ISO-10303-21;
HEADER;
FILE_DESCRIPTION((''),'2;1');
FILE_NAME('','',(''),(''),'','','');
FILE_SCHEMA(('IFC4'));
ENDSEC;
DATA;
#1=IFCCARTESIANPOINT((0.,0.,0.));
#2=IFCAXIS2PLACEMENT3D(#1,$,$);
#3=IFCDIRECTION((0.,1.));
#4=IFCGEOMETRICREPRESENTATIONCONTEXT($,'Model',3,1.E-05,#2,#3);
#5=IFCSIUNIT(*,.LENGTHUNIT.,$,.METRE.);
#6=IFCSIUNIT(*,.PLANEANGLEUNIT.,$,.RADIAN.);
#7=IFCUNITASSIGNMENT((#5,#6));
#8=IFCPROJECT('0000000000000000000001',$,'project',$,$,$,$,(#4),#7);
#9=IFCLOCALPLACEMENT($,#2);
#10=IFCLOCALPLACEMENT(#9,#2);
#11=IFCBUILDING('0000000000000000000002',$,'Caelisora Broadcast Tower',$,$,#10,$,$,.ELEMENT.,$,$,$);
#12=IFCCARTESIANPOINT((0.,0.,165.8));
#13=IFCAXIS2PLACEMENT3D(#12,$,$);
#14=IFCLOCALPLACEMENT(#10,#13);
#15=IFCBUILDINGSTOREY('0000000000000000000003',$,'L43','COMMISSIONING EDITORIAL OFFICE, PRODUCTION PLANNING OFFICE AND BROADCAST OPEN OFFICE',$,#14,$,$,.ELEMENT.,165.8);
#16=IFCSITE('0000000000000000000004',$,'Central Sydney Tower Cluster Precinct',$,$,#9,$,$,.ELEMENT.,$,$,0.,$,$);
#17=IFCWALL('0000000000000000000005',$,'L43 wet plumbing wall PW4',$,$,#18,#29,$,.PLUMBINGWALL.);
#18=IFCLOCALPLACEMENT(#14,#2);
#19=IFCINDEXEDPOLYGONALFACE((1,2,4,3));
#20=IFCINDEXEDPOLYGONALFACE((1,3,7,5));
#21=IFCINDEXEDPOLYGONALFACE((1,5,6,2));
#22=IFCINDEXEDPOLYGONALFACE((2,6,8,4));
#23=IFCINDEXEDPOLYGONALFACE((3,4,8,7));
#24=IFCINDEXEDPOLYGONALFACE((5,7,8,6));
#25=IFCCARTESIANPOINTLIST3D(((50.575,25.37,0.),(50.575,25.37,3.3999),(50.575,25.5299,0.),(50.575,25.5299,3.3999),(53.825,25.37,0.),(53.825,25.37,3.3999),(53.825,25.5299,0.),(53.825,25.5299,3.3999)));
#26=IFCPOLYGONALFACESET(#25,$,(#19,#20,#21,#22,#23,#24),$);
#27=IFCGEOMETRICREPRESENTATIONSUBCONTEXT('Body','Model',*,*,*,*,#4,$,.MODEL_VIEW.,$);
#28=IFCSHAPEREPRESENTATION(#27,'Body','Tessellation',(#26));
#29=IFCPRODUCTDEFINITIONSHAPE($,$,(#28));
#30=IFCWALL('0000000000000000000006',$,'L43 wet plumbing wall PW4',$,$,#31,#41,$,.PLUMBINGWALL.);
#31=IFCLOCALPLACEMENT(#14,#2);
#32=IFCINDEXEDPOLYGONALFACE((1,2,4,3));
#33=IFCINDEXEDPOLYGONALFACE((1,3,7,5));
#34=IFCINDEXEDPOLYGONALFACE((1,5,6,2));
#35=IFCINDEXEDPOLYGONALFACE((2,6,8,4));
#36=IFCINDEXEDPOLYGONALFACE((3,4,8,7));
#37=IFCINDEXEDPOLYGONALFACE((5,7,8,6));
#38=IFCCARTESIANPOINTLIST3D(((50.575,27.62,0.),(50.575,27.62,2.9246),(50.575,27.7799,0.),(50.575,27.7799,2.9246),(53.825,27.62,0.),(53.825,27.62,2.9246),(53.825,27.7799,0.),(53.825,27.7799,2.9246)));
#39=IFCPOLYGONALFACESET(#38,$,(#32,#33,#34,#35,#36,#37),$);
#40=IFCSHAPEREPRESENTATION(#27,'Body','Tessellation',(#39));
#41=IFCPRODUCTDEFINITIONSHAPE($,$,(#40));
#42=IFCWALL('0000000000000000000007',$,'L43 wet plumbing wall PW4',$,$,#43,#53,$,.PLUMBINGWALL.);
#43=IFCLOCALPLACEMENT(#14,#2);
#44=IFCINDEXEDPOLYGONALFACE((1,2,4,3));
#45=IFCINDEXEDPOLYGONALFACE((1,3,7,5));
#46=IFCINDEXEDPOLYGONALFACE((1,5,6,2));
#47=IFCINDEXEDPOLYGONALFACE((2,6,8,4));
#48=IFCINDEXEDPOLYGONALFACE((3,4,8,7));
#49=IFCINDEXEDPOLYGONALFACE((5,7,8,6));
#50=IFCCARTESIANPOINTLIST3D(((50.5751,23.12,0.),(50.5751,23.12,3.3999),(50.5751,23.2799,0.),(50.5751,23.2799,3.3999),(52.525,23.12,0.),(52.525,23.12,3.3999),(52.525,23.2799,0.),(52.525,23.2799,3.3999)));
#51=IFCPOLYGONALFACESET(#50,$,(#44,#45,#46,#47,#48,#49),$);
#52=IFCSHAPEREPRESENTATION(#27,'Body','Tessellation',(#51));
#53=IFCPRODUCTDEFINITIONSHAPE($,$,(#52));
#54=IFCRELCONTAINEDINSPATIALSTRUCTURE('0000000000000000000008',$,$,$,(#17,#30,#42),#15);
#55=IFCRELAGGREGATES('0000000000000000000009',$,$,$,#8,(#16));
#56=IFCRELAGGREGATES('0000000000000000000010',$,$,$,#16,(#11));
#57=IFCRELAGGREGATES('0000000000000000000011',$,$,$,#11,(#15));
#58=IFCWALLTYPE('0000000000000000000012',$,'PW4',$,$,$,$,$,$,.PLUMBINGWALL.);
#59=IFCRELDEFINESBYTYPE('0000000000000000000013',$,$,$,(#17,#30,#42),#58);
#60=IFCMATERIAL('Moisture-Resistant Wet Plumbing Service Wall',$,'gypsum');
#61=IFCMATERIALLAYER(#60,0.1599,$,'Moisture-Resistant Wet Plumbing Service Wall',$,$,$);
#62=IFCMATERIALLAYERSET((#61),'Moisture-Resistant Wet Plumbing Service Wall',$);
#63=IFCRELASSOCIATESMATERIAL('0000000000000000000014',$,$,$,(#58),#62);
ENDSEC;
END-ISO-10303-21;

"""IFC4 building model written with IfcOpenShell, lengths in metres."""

from ifc_helpers import new_model, si_unit, direction, frame, frame_2d, origin, place, context, subcontext, project, spatial, rectangle, extrude, material, layer, layer_set, type_object, element, save


model = new_model("IFC4")

# Units and contexts
model_context = context("Model", 3, precision=1e-05, world=origin(), true_north=direction((0.0, 1.0)))
body_context = subcontext(model_context, "Body", "Model", "MODEL_VIEW")
ifc_project = project(units=[si_unit("LENGTHUNIT", "METRE"), si_unit("PLANEANGLEUNIT", "RADIAN")], contexts=[model_context])

# Site, building, storey
site_placement = place(None, origin())
site = spatial("IfcSite", under=ifc_project, at=site_placement, Name="Central Sydney Tower Cluster Precinct", CompositionType="ELEMENT", RefElevation=0.0)
building_placement = place(site_placement, origin())
building = spatial("IfcBuilding", under=site, at=building_placement, Name="Caelisora Broadcast Tower", CompositionType="ELEMENT")
storey_placement = place(building_placement, frame((0.0, 0.0, 165.8)))
storey = spatial("IfcBuildingStorey", under=building, at=storey_placement, Name="L43", Description="COMMISSIONING EDITORIAL OFFICE, PRODUCTION PLANNING OFFICE AND BROADCAST OPEN OFFICE", CompositionType="ELEMENT", Elevation=165.8)

# Walls
ifc_material_1 = material(Name="Moisture-Resistant Wet Plumbing Service Wall", Category="gypsum")
ifc_layer_1 = layer(ifc_material_1, 0.1599, Name="Moisture-Resistant Wet Plumbing Service Wall")
ifc_layer_set_1 = layer_set([ifc_layer_1], Name="Moisture-Resistant Wet Plumbing Service Wall")
wall_type_1 = type_object("IfcWallType", Name="PW4", PredefinedType="PLUMBINGWALL", material=ifc_layer_set_1)
wall_1_placement = place(storey_placement, frame((50.575, 25.45, 0.0), z_axis=(0.0, 0.0, 1.0), x_axis=(1.0, 0.0, 0.0)))
element("IfcWall", 1, at=wall_1_placement, inside=storey, type_object=wall_type_1, Name="L43 wet plumbing wall PW4", PredefinedType="PLUMBINGWALL", context=body_context, shape_type="SweptSolid", body=[
    extrude(rectangle(XDim=3.25, YDim=0.1599, at=frame_2d((1.625, 0.0))), origin(), (0.0, 0.0, 1.0), 3.3999),
])
wall_2_placement = place(storey_placement, frame((50.575, 27.7, 0.0), z_axis=(0.0, 0.0, 1.0), x_axis=(1.0, 0.0, 0.0)))
element("IfcWall", 2, at=wall_2_placement, inside=storey, type_object=wall_type_1, Name="L43 wet plumbing wall PW4", PredefinedType="PLUMBINGWALL", context=body_context, shape_type="SweptSolid", body=[
    extrude(rectangle(XDim=3.25, YDim=0.1599, at=frame_2d((1.625, 0.0))), origin(), (0.0, 0.0, 1.0), 2.9246),
])
wall_3_placement = place(storey_placement, frame((50.575, 23.2, 0.0), z_axis=(0.0, 0.0, 1.0), x_axis=(1.0, 0.0, 0.0)))
element("IfcWall", 3, at=wall_3_placement, inside=storey, type_object=wall_type_1, Name="L43 wet plumbing wall PW4", PredefinedType="PLUMBINGWALL", context=body_context, shape_type="SweptSolid", body=[
    extrude(rectangle(XDim=1.95, YDim=0.1599, at=frame_2d((0.9751, 0.0))), origin(), (0.0, 0.0, 1.0), 3.3999),
])

save(model, "model.ifc")
